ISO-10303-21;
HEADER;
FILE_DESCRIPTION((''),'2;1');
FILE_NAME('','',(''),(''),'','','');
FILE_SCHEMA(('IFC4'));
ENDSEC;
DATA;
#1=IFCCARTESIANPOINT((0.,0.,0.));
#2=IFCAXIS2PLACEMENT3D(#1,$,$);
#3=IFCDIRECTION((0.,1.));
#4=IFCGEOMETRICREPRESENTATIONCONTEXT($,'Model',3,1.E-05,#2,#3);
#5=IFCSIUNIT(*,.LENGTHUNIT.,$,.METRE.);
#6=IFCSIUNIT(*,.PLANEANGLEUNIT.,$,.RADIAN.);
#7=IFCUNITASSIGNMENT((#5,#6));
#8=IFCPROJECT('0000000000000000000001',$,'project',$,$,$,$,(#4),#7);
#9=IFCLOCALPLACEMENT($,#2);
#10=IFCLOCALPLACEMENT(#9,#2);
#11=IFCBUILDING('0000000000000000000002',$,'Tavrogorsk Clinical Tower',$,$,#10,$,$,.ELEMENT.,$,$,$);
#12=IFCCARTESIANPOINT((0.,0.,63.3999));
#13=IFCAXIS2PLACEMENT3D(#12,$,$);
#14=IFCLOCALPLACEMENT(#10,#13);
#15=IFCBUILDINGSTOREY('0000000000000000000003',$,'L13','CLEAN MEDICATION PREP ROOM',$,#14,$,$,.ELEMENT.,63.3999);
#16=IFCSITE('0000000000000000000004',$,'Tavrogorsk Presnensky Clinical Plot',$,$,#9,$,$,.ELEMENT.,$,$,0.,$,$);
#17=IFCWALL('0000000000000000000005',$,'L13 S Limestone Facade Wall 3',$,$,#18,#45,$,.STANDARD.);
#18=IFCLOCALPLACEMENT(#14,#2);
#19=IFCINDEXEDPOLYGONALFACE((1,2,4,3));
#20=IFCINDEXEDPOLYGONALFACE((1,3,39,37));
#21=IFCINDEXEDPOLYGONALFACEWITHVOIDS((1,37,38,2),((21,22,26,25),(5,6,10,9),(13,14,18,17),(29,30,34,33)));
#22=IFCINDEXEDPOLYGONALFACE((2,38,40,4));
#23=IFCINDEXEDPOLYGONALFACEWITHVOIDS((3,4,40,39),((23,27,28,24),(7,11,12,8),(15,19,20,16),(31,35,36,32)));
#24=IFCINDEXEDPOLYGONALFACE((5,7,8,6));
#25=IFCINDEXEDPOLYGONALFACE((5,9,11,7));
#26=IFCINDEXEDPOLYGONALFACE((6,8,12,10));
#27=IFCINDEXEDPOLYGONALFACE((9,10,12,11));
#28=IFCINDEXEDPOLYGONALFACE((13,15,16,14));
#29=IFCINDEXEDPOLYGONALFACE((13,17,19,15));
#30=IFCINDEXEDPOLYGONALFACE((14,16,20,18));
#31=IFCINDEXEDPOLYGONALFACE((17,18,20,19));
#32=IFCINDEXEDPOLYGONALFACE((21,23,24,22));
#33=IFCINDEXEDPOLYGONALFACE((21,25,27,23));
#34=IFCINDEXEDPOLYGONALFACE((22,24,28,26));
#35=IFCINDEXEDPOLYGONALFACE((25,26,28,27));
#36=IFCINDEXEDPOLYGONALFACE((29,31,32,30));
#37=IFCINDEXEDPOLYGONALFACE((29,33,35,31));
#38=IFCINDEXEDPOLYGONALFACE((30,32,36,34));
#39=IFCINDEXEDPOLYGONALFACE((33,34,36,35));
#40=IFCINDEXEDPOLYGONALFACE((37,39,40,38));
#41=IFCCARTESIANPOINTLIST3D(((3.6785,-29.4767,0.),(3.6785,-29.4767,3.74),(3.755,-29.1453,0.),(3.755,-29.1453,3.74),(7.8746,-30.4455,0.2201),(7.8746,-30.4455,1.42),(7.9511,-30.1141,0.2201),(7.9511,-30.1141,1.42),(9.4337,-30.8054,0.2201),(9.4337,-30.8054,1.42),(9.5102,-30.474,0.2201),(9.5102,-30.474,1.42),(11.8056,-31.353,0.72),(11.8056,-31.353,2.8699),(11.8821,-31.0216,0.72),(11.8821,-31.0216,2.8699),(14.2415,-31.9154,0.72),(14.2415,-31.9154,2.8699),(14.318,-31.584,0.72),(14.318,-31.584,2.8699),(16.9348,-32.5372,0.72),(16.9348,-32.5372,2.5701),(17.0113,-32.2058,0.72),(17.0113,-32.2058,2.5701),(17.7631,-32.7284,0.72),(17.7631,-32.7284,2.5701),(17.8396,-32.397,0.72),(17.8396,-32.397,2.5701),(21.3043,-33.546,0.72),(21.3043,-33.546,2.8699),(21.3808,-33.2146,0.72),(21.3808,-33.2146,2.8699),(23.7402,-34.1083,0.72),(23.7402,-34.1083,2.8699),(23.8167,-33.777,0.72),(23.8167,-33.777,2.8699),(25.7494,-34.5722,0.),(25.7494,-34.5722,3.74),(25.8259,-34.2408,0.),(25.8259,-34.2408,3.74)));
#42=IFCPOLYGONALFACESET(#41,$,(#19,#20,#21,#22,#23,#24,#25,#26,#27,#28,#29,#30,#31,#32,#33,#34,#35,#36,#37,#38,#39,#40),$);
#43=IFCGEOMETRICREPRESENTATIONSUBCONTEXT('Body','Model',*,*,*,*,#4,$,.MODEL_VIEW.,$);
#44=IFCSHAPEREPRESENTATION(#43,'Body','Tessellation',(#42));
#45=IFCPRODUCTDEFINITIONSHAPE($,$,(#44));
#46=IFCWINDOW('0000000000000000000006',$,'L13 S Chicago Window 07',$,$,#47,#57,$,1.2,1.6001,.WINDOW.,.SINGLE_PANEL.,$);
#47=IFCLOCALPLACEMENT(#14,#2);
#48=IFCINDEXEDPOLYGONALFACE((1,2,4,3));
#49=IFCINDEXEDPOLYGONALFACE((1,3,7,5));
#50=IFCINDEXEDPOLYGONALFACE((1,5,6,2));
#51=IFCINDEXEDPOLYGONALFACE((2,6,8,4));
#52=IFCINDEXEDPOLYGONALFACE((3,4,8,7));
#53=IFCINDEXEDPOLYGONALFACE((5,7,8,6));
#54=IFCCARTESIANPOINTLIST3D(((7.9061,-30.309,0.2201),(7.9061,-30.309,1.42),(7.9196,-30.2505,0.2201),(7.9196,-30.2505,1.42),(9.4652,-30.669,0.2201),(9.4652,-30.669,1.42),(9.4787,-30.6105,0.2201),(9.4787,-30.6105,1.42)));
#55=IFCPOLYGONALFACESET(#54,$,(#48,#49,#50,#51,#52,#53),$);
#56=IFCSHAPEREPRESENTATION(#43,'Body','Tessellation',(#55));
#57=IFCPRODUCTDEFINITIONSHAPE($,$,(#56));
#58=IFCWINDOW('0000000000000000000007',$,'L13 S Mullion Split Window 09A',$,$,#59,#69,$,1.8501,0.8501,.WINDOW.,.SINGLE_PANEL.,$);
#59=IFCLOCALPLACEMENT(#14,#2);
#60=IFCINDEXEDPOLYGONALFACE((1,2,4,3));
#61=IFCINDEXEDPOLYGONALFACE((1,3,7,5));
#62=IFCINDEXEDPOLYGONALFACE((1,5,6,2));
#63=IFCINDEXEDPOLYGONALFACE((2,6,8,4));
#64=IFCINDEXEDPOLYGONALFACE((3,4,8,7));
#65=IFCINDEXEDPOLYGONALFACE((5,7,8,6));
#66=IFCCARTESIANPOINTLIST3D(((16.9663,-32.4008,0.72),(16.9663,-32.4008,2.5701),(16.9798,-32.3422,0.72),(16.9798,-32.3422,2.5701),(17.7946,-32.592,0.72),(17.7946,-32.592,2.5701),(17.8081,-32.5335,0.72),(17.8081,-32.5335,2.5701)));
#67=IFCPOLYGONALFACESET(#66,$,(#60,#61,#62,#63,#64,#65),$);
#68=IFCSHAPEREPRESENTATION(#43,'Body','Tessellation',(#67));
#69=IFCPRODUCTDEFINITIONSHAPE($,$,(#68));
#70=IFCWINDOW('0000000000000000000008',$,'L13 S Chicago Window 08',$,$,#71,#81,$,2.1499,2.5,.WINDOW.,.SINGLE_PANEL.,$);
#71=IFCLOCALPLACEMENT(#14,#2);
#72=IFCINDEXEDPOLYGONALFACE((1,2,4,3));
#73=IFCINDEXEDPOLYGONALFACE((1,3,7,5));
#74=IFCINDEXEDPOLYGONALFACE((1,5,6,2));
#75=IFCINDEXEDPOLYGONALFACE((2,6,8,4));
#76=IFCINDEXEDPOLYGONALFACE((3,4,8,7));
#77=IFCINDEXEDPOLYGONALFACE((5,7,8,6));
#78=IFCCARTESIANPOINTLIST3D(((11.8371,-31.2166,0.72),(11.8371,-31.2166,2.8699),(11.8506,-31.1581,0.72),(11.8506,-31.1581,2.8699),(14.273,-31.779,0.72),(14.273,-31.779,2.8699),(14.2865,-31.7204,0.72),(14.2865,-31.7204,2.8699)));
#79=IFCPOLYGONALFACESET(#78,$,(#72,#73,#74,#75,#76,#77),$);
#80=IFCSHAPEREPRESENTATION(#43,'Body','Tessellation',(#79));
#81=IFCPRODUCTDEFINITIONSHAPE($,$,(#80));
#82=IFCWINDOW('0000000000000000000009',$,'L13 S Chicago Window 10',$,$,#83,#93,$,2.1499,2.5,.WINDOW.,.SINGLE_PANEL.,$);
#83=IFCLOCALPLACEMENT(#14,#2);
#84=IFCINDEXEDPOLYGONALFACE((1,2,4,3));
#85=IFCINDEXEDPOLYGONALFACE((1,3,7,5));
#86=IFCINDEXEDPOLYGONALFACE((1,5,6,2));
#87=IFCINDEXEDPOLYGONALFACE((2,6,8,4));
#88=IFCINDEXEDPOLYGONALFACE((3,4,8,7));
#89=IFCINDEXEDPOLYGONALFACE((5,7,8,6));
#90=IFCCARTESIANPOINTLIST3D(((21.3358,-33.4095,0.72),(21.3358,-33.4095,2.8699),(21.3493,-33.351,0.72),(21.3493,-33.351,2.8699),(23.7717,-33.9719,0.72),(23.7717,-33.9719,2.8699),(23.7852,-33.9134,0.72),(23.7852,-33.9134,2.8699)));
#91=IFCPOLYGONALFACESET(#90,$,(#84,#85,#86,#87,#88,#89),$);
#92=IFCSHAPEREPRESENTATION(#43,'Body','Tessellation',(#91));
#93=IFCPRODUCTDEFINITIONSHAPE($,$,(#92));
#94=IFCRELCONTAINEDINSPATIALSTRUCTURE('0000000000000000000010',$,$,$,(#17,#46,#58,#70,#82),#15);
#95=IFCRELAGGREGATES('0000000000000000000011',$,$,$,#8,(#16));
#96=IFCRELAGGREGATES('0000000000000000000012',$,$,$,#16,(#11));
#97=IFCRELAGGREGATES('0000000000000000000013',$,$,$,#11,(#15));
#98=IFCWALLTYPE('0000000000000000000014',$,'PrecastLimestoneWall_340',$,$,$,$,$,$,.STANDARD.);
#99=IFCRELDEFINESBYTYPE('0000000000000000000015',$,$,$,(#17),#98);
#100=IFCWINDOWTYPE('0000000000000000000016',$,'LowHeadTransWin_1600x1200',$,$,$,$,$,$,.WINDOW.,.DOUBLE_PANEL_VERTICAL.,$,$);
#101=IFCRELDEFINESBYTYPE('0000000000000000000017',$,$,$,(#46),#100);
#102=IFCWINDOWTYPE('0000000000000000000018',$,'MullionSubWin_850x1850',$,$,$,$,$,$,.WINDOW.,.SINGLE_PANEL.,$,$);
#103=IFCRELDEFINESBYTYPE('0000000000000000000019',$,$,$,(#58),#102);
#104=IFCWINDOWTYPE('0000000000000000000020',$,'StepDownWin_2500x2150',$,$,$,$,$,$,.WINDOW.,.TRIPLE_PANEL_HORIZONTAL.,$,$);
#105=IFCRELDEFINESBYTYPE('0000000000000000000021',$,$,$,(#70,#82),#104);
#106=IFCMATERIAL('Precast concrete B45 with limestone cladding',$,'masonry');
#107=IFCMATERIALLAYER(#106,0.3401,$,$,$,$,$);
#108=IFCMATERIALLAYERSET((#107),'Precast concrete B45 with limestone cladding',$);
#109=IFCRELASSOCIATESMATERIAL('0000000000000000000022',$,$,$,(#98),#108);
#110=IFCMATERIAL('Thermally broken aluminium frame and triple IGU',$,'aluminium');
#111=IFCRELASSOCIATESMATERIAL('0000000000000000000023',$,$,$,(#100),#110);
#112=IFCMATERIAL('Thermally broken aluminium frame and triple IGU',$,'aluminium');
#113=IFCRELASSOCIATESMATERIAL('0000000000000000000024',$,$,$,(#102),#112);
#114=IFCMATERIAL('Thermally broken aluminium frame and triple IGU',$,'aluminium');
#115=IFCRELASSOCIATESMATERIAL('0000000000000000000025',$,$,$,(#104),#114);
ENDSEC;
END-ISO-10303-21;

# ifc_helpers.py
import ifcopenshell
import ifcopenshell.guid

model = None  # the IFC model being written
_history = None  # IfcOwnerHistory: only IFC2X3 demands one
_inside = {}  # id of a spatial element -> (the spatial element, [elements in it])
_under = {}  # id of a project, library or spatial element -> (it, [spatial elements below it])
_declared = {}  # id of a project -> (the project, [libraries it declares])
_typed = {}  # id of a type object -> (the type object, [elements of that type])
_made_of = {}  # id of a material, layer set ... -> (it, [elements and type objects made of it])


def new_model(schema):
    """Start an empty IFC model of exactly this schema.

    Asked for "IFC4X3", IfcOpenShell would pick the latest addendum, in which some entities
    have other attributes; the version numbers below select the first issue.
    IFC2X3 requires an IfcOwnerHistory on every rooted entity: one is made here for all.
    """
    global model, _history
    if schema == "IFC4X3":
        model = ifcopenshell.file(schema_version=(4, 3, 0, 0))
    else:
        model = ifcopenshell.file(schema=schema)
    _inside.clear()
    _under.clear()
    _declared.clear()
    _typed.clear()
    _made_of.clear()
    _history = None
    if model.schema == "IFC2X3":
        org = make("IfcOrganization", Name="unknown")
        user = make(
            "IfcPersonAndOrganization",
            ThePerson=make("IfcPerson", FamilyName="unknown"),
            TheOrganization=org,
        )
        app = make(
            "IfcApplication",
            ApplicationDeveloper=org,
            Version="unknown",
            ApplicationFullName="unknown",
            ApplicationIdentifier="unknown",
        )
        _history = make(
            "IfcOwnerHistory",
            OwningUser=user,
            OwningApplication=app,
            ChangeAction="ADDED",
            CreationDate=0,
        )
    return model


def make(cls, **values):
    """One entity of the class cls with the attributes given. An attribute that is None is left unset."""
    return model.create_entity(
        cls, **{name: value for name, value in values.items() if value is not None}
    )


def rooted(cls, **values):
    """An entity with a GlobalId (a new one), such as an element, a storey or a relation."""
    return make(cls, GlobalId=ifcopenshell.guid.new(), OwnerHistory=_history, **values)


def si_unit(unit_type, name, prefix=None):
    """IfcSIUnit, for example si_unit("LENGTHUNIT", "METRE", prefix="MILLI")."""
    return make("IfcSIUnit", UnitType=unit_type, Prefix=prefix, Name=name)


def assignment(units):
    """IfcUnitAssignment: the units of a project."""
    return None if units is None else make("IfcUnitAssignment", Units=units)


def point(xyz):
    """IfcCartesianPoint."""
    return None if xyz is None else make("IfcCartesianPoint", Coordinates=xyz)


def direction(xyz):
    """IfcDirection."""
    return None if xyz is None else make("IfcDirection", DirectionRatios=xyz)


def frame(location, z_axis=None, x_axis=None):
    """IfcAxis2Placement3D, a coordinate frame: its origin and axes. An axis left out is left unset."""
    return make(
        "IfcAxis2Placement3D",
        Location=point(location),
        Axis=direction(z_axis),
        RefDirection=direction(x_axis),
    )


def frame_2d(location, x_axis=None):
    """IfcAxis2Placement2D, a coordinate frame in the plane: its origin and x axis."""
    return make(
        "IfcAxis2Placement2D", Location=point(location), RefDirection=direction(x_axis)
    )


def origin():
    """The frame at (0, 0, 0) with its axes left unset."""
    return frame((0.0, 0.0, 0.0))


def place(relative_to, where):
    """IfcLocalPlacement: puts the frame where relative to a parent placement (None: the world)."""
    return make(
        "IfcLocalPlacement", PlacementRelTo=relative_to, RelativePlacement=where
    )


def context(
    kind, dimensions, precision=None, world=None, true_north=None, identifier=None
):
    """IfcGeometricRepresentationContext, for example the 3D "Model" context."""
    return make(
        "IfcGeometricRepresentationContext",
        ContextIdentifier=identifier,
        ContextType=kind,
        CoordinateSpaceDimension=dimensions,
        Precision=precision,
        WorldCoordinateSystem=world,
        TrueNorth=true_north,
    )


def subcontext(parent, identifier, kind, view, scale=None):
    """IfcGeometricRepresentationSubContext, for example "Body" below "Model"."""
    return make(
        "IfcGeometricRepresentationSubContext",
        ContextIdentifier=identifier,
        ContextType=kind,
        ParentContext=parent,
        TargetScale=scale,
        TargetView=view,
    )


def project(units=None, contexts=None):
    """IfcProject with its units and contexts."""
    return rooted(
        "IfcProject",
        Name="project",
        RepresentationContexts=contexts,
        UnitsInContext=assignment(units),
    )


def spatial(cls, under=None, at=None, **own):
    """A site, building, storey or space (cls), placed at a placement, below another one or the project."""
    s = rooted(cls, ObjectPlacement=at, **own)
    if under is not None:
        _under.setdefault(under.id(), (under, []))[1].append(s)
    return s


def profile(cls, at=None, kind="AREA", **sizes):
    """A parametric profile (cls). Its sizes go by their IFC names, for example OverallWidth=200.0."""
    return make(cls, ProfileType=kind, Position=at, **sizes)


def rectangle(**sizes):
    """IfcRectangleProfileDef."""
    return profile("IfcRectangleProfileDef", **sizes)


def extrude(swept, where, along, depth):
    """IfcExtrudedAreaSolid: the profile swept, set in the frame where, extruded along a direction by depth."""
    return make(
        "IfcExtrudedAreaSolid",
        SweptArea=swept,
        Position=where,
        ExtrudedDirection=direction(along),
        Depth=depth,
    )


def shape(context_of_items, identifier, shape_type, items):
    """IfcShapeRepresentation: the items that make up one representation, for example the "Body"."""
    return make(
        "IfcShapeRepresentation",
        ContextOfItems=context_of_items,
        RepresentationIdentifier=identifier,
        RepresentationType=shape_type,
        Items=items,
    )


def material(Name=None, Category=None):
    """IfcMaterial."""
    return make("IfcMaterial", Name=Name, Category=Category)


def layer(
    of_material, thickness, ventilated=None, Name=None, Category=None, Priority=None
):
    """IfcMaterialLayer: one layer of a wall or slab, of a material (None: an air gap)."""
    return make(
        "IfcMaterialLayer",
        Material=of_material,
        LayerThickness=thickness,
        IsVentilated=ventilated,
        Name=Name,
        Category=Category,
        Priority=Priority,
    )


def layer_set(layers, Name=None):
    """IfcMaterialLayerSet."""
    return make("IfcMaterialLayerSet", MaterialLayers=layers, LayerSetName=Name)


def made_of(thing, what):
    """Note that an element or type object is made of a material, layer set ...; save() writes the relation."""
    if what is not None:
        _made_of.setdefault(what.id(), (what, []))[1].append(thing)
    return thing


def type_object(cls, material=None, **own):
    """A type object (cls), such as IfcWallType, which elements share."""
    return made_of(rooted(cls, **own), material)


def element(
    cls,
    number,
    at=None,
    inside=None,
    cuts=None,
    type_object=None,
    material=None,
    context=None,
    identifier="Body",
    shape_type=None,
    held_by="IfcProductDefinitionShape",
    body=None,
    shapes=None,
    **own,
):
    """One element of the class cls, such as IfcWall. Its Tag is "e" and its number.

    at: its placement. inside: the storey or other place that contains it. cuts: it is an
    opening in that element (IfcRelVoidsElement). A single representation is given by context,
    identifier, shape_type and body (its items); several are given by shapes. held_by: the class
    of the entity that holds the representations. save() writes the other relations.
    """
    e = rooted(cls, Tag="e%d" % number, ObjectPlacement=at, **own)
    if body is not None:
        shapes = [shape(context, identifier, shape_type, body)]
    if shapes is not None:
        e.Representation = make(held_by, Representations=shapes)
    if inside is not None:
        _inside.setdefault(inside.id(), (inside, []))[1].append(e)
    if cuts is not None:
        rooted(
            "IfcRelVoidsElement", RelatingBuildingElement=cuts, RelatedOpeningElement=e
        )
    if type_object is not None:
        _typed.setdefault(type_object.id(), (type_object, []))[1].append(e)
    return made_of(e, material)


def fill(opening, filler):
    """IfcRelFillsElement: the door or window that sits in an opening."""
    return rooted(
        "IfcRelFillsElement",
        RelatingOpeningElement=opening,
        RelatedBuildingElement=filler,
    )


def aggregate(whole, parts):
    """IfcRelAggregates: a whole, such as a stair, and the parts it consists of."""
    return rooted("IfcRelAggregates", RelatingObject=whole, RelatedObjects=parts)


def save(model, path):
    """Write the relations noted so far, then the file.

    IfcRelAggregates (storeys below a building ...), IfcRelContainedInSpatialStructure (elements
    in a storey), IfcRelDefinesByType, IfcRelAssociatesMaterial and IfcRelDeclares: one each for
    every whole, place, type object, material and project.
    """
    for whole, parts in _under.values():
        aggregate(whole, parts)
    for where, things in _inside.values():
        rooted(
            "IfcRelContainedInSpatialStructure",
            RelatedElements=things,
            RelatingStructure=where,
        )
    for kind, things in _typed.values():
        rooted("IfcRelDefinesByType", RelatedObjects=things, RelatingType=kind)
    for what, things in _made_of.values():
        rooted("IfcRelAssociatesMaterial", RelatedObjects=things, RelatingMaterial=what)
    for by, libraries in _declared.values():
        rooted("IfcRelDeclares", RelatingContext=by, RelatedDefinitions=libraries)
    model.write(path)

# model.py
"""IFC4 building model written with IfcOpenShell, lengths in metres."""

from ifc_helpers import new_model, si_unit, direction, frame, frame_2d, origin, place, context, subcontext, project, spatial, rectangle, extrude, material, layer, layer_set, type_object, element, fill, save


model = new_model("IFC4")

# Units and contexts
model_context = context("Model", 3, precision=1e-05, world=origin(), true_north=direction((0.0, 1.0)))
body_context = subcontext(model_context, "Body", "Model", "MODEL_VIEW")
ifc_project = project(units=[si_unit("LENGTHUNIT", "METRE"), si_unit("PLANEANGLEUNIT", "RADIAN")], contexts=[model_context])

# Site, building, storey
site_placement = place(None, origin())
site = spatial("IfcSite", under=ifc_project, at=site_placement, Name="Tavrogorsk Presnensky Clinical Plot", CompositionType="ELEMENT", RefElevation=0.0)
building_placement = place(site_placement, origin())
building = spatial("IfcBuilding", under=site, at=building_placement, Name="Tavrogorsk Clinical Tower", CompositionType="ELEMENT")
storey_placement = place(building_placement, frame((0.0, 0.0, 63.3999)))
storey = spatial("IfcBuildingStorey", under=building, at=storey_placement, Name="L13", Description="CLEAN MEDICATION PREP ROOM", CompositionType="ELEMENT", Elevation=63.3999)

# Wall, openings, windows
ifc_material_1 = material(Name="Precast concrete B45 with limestone cladding", Category="masonry")
ifc_layer_1 = layer(ifc_material_1, 0.3401)
ifc_layer_set_1 = layer_set([ifc_layer_1], Name="Precast concrete B45 with limestone cladding")
wall_type_1 = type_object("IfcWallType", Name="PrecastLimestoneWall_340", PredefinedType="STANDARD", material=ifc_layer_set_1)
wall_1_placement = place(storey_placement, frame((3.7168, -29.311, 0.0), z_axis=(0.0, 0.0, 1.0), x_axis=(0.97437, -0.224952, 0.0)))
wall_1 = element("IfcWall", 1, at=wall_1_placement, inside=storey, type_object=wall_type_1, Name="L13 S Limestone Facade Wall 3", PredefinedType="STANDARD", context=body_context, shape_type="SweptSolid", body=[
    extrude(rectangle(XDim=22.6514, YDim=0.3401, at=frame_2d((11.3257, 0.0))), origin(), (0.0, 0.0, 1.0), 3.74),
])
opening_1_placement = place(wall_1_placement, frame((4.3064, 0.0, 0.22)))
opening_1 = element("IfcOpeningElement", 2, at=opening_1_placement, cuts=wall_1, PredefinedType="OPENING", context=body_context, shape_type="SweptSolid", body=[
    extrude(rectangle(XDim=1.6001, YDim=1.2, at=frame_2d((0.8, 0.6001))), frame((0.0, 0.1799, 0.0), z_axis=(0.0, -1.0, 0.0), x_axis=(1.0, 0.0, 0.0)), (0.0, 0.0, 1.0), 0.3601),
])
opening_2_placement = place(wall_1_placement, frame((8.3408, 0.0, 0.72)))
opening_2 = element("IfcOpeningElement", 3, at=opening_2_placement, cuts=wall_1, PredefinedType="OPENING", context=body_context, shape_type="SweptSolid", body=[
    extrude(rectangle(XDim=2.5, YDim=2.1499, at=frame_2d((1.25, 1.075))), frame((0.0, 0.1799, 0.0), z_axis=(0.0, -1.0, 0.0), x_axis=(1.0, 0.0, 0.0)), (0.0, 0.0, 1.0), 0.3601),
])
opening_3_placement = place(wall_1_placement, frame((13.605, 0.0, 0.72)))
opening_3 = element("IfcOpeningElement", 4, at=opening_3_placement, cuts=wall_1, PredefinedType="OPENING", context=body_context, shape_type="SweptSolid", body=[
    extrude(rectangle(XDim=0.8501, YDim=1.8501, at=frame_2d((0.425, 0.925))), frame((0.0, 0.1799, 0.0), z_axis=(0.0, -1.0, 0.0), x_axis=(1.0, 0.0, 0.0)), (0.0, 0.0, 1.0), 0.3601),
])
opening_4_placement = place(wall_1_placement, frame((18.0894, 0.0, 0.72)))
opening_4 = element("IfcOpeningElement", 5, at=opening_4_placement, cuts=wall_1, PredefinedType="OPENING", context=body_context, shape_type="SweptSolid", body=[
    extrude(rectangle(XDim=2.5, YDim=2.1499, at=frame_2d((1.25, 1.075))), frame((0.0, 0.1799, 0.0), z_axis=(0.0, -1.0, 0.0), x_axis=(1.0, 0.0, 0.0)), (0.0, 0.0, 1.0), 0.3601),
])
ifc_material_2 = material(Name="Thermally broken aluminium frame and triple IGU", Category="aluminium")
window_type_1 = type_object("IfcWindowType", Name="LowHeadTransWin_1600x1200", PartitioningType="DOUBLE_PANEL_VERTICAL", PredefinedType="WINDOW", material=ifc_material_2)
window_1_placement = place(opening_1_placement, origin())
window_1 = element("IfcWindow", 6, at=window_1_placement, inside=storey, type_object=window_type_1, Name="L13 S Chicago Window 07", OverallHeight=1.2, OverallWidth=1.6001, PartitioningType="SINGLE_PANEL", PredefinedType="WINDOW", context=body_context, shape_type="SweptSolid", body=[
    extrude(rectangle(XDim=1.6001, YDim=1.2, at=frame_2d((0.8, 0.6001))), frame((0.0, 0.03, 0.0), z_axis=(0.0, -1.0, 0.0), x_axis=(1.0, 0.0, 0.0)), (0.0, 0.0, 1.0), 0.0601),
])
fill(opening_1, window_1)
ifc_material_3 = material(Name="Thermally broken aluminium frame and triple IGU", Category="aluminium")
window_type_2 = type_object("IfcWindowType", Name="MullionSubWin_850x1850", PartitioningType="SINGLE_PANEL", PredefinedType="WINDOW", material=ifc_material_3)
window_2_placement = place(opening_3_placement, origin())
window_2 = element("IfcWindow", 7, at=window_2_placement, inside=storey, type_object=window_type_2, Name="L13 S Mullion Split Window 09A", OverallHeight=1.8501, OverallWidth=0.8501, PartitioningType="SINGLE_PANEL", PredefinedType="WINDOW", context=body_context, shape_type="SweptSolid", body=[
    extrude(rectangle(XDim=0.8501, YDim=1.8501, at=frame_2d((0.425, 0.925))), frame((0.0, 0.03, 0.0), z_axis=(0.0, -1.0, 0.0), x_axis=(1.0, 0.0, 0.0)), (0.0, 0.0, 1.0), 0.0601),
])
fill(opening_3, window_2)
ifc_material_4 = material(Name="Thermally broken aluminium frame and triple IGU", Category="aluminium")
window_type_3 = type_object("IfcWindowType", Name="StepDownWin_2500x2150", PartitioningType="TRIPLE_PANEL_HORIZONTAL", PredefinedType="WINDOW", material=ifc_material_4)
window_3_placement = place(opening_2_placement, origin())
window_3 = element("IfcWindow", 8, at=window_3_placement, inside=storey, type_object=window_type_3, Name="L13 S Chicago Window 08", OverallHeight=2.1499, OverallWidth=2.5, PartitioningType="SINGLE_PANEL", PredefinedType="WINDOW", context=body_context, shape_type="SweptSolid", body=[
    extrude(rectangle(XDim=2.5, YDim=2.1499, at=frame_2d((1.25, 1.075))), frame((0.0, 0.03, 0.0), z_axis=(0.0, -1.0, 0.0), x_axis=(1.0, 0.0, 0.0)), (0.0, 0.0, 1.0), 0.0601),
])
fill(opening_2, window_3)
window_4_placement = place(opening_4_placement, origin())
window_4 = element("IfcWindow", 9, at=window_4_placement, inside=storey, type_object=window_type_3, Name="L13 S Chicago Window 10", OverallHeight=2.1499, OverallWidth=2.5, PartitioningType="SINGLE_PANEL", PredefinedType="WINDOW", context=body_context, shape_type="SweptSolid", body=[
    extrude(rectangle(XDim=2.5, YDim=2.1499, at=frame_2d((1.25, 1.075))), frame((0.0, 0.03, 0.0), z_axis=(0.0, -1.0, 0.0), x_axis=(1.0, 0.0, 0.0)), (0.0, 0.0, 1.0), 0.0601),
])
fill(opening_4, window_4)

save(model, "model.ifc")
